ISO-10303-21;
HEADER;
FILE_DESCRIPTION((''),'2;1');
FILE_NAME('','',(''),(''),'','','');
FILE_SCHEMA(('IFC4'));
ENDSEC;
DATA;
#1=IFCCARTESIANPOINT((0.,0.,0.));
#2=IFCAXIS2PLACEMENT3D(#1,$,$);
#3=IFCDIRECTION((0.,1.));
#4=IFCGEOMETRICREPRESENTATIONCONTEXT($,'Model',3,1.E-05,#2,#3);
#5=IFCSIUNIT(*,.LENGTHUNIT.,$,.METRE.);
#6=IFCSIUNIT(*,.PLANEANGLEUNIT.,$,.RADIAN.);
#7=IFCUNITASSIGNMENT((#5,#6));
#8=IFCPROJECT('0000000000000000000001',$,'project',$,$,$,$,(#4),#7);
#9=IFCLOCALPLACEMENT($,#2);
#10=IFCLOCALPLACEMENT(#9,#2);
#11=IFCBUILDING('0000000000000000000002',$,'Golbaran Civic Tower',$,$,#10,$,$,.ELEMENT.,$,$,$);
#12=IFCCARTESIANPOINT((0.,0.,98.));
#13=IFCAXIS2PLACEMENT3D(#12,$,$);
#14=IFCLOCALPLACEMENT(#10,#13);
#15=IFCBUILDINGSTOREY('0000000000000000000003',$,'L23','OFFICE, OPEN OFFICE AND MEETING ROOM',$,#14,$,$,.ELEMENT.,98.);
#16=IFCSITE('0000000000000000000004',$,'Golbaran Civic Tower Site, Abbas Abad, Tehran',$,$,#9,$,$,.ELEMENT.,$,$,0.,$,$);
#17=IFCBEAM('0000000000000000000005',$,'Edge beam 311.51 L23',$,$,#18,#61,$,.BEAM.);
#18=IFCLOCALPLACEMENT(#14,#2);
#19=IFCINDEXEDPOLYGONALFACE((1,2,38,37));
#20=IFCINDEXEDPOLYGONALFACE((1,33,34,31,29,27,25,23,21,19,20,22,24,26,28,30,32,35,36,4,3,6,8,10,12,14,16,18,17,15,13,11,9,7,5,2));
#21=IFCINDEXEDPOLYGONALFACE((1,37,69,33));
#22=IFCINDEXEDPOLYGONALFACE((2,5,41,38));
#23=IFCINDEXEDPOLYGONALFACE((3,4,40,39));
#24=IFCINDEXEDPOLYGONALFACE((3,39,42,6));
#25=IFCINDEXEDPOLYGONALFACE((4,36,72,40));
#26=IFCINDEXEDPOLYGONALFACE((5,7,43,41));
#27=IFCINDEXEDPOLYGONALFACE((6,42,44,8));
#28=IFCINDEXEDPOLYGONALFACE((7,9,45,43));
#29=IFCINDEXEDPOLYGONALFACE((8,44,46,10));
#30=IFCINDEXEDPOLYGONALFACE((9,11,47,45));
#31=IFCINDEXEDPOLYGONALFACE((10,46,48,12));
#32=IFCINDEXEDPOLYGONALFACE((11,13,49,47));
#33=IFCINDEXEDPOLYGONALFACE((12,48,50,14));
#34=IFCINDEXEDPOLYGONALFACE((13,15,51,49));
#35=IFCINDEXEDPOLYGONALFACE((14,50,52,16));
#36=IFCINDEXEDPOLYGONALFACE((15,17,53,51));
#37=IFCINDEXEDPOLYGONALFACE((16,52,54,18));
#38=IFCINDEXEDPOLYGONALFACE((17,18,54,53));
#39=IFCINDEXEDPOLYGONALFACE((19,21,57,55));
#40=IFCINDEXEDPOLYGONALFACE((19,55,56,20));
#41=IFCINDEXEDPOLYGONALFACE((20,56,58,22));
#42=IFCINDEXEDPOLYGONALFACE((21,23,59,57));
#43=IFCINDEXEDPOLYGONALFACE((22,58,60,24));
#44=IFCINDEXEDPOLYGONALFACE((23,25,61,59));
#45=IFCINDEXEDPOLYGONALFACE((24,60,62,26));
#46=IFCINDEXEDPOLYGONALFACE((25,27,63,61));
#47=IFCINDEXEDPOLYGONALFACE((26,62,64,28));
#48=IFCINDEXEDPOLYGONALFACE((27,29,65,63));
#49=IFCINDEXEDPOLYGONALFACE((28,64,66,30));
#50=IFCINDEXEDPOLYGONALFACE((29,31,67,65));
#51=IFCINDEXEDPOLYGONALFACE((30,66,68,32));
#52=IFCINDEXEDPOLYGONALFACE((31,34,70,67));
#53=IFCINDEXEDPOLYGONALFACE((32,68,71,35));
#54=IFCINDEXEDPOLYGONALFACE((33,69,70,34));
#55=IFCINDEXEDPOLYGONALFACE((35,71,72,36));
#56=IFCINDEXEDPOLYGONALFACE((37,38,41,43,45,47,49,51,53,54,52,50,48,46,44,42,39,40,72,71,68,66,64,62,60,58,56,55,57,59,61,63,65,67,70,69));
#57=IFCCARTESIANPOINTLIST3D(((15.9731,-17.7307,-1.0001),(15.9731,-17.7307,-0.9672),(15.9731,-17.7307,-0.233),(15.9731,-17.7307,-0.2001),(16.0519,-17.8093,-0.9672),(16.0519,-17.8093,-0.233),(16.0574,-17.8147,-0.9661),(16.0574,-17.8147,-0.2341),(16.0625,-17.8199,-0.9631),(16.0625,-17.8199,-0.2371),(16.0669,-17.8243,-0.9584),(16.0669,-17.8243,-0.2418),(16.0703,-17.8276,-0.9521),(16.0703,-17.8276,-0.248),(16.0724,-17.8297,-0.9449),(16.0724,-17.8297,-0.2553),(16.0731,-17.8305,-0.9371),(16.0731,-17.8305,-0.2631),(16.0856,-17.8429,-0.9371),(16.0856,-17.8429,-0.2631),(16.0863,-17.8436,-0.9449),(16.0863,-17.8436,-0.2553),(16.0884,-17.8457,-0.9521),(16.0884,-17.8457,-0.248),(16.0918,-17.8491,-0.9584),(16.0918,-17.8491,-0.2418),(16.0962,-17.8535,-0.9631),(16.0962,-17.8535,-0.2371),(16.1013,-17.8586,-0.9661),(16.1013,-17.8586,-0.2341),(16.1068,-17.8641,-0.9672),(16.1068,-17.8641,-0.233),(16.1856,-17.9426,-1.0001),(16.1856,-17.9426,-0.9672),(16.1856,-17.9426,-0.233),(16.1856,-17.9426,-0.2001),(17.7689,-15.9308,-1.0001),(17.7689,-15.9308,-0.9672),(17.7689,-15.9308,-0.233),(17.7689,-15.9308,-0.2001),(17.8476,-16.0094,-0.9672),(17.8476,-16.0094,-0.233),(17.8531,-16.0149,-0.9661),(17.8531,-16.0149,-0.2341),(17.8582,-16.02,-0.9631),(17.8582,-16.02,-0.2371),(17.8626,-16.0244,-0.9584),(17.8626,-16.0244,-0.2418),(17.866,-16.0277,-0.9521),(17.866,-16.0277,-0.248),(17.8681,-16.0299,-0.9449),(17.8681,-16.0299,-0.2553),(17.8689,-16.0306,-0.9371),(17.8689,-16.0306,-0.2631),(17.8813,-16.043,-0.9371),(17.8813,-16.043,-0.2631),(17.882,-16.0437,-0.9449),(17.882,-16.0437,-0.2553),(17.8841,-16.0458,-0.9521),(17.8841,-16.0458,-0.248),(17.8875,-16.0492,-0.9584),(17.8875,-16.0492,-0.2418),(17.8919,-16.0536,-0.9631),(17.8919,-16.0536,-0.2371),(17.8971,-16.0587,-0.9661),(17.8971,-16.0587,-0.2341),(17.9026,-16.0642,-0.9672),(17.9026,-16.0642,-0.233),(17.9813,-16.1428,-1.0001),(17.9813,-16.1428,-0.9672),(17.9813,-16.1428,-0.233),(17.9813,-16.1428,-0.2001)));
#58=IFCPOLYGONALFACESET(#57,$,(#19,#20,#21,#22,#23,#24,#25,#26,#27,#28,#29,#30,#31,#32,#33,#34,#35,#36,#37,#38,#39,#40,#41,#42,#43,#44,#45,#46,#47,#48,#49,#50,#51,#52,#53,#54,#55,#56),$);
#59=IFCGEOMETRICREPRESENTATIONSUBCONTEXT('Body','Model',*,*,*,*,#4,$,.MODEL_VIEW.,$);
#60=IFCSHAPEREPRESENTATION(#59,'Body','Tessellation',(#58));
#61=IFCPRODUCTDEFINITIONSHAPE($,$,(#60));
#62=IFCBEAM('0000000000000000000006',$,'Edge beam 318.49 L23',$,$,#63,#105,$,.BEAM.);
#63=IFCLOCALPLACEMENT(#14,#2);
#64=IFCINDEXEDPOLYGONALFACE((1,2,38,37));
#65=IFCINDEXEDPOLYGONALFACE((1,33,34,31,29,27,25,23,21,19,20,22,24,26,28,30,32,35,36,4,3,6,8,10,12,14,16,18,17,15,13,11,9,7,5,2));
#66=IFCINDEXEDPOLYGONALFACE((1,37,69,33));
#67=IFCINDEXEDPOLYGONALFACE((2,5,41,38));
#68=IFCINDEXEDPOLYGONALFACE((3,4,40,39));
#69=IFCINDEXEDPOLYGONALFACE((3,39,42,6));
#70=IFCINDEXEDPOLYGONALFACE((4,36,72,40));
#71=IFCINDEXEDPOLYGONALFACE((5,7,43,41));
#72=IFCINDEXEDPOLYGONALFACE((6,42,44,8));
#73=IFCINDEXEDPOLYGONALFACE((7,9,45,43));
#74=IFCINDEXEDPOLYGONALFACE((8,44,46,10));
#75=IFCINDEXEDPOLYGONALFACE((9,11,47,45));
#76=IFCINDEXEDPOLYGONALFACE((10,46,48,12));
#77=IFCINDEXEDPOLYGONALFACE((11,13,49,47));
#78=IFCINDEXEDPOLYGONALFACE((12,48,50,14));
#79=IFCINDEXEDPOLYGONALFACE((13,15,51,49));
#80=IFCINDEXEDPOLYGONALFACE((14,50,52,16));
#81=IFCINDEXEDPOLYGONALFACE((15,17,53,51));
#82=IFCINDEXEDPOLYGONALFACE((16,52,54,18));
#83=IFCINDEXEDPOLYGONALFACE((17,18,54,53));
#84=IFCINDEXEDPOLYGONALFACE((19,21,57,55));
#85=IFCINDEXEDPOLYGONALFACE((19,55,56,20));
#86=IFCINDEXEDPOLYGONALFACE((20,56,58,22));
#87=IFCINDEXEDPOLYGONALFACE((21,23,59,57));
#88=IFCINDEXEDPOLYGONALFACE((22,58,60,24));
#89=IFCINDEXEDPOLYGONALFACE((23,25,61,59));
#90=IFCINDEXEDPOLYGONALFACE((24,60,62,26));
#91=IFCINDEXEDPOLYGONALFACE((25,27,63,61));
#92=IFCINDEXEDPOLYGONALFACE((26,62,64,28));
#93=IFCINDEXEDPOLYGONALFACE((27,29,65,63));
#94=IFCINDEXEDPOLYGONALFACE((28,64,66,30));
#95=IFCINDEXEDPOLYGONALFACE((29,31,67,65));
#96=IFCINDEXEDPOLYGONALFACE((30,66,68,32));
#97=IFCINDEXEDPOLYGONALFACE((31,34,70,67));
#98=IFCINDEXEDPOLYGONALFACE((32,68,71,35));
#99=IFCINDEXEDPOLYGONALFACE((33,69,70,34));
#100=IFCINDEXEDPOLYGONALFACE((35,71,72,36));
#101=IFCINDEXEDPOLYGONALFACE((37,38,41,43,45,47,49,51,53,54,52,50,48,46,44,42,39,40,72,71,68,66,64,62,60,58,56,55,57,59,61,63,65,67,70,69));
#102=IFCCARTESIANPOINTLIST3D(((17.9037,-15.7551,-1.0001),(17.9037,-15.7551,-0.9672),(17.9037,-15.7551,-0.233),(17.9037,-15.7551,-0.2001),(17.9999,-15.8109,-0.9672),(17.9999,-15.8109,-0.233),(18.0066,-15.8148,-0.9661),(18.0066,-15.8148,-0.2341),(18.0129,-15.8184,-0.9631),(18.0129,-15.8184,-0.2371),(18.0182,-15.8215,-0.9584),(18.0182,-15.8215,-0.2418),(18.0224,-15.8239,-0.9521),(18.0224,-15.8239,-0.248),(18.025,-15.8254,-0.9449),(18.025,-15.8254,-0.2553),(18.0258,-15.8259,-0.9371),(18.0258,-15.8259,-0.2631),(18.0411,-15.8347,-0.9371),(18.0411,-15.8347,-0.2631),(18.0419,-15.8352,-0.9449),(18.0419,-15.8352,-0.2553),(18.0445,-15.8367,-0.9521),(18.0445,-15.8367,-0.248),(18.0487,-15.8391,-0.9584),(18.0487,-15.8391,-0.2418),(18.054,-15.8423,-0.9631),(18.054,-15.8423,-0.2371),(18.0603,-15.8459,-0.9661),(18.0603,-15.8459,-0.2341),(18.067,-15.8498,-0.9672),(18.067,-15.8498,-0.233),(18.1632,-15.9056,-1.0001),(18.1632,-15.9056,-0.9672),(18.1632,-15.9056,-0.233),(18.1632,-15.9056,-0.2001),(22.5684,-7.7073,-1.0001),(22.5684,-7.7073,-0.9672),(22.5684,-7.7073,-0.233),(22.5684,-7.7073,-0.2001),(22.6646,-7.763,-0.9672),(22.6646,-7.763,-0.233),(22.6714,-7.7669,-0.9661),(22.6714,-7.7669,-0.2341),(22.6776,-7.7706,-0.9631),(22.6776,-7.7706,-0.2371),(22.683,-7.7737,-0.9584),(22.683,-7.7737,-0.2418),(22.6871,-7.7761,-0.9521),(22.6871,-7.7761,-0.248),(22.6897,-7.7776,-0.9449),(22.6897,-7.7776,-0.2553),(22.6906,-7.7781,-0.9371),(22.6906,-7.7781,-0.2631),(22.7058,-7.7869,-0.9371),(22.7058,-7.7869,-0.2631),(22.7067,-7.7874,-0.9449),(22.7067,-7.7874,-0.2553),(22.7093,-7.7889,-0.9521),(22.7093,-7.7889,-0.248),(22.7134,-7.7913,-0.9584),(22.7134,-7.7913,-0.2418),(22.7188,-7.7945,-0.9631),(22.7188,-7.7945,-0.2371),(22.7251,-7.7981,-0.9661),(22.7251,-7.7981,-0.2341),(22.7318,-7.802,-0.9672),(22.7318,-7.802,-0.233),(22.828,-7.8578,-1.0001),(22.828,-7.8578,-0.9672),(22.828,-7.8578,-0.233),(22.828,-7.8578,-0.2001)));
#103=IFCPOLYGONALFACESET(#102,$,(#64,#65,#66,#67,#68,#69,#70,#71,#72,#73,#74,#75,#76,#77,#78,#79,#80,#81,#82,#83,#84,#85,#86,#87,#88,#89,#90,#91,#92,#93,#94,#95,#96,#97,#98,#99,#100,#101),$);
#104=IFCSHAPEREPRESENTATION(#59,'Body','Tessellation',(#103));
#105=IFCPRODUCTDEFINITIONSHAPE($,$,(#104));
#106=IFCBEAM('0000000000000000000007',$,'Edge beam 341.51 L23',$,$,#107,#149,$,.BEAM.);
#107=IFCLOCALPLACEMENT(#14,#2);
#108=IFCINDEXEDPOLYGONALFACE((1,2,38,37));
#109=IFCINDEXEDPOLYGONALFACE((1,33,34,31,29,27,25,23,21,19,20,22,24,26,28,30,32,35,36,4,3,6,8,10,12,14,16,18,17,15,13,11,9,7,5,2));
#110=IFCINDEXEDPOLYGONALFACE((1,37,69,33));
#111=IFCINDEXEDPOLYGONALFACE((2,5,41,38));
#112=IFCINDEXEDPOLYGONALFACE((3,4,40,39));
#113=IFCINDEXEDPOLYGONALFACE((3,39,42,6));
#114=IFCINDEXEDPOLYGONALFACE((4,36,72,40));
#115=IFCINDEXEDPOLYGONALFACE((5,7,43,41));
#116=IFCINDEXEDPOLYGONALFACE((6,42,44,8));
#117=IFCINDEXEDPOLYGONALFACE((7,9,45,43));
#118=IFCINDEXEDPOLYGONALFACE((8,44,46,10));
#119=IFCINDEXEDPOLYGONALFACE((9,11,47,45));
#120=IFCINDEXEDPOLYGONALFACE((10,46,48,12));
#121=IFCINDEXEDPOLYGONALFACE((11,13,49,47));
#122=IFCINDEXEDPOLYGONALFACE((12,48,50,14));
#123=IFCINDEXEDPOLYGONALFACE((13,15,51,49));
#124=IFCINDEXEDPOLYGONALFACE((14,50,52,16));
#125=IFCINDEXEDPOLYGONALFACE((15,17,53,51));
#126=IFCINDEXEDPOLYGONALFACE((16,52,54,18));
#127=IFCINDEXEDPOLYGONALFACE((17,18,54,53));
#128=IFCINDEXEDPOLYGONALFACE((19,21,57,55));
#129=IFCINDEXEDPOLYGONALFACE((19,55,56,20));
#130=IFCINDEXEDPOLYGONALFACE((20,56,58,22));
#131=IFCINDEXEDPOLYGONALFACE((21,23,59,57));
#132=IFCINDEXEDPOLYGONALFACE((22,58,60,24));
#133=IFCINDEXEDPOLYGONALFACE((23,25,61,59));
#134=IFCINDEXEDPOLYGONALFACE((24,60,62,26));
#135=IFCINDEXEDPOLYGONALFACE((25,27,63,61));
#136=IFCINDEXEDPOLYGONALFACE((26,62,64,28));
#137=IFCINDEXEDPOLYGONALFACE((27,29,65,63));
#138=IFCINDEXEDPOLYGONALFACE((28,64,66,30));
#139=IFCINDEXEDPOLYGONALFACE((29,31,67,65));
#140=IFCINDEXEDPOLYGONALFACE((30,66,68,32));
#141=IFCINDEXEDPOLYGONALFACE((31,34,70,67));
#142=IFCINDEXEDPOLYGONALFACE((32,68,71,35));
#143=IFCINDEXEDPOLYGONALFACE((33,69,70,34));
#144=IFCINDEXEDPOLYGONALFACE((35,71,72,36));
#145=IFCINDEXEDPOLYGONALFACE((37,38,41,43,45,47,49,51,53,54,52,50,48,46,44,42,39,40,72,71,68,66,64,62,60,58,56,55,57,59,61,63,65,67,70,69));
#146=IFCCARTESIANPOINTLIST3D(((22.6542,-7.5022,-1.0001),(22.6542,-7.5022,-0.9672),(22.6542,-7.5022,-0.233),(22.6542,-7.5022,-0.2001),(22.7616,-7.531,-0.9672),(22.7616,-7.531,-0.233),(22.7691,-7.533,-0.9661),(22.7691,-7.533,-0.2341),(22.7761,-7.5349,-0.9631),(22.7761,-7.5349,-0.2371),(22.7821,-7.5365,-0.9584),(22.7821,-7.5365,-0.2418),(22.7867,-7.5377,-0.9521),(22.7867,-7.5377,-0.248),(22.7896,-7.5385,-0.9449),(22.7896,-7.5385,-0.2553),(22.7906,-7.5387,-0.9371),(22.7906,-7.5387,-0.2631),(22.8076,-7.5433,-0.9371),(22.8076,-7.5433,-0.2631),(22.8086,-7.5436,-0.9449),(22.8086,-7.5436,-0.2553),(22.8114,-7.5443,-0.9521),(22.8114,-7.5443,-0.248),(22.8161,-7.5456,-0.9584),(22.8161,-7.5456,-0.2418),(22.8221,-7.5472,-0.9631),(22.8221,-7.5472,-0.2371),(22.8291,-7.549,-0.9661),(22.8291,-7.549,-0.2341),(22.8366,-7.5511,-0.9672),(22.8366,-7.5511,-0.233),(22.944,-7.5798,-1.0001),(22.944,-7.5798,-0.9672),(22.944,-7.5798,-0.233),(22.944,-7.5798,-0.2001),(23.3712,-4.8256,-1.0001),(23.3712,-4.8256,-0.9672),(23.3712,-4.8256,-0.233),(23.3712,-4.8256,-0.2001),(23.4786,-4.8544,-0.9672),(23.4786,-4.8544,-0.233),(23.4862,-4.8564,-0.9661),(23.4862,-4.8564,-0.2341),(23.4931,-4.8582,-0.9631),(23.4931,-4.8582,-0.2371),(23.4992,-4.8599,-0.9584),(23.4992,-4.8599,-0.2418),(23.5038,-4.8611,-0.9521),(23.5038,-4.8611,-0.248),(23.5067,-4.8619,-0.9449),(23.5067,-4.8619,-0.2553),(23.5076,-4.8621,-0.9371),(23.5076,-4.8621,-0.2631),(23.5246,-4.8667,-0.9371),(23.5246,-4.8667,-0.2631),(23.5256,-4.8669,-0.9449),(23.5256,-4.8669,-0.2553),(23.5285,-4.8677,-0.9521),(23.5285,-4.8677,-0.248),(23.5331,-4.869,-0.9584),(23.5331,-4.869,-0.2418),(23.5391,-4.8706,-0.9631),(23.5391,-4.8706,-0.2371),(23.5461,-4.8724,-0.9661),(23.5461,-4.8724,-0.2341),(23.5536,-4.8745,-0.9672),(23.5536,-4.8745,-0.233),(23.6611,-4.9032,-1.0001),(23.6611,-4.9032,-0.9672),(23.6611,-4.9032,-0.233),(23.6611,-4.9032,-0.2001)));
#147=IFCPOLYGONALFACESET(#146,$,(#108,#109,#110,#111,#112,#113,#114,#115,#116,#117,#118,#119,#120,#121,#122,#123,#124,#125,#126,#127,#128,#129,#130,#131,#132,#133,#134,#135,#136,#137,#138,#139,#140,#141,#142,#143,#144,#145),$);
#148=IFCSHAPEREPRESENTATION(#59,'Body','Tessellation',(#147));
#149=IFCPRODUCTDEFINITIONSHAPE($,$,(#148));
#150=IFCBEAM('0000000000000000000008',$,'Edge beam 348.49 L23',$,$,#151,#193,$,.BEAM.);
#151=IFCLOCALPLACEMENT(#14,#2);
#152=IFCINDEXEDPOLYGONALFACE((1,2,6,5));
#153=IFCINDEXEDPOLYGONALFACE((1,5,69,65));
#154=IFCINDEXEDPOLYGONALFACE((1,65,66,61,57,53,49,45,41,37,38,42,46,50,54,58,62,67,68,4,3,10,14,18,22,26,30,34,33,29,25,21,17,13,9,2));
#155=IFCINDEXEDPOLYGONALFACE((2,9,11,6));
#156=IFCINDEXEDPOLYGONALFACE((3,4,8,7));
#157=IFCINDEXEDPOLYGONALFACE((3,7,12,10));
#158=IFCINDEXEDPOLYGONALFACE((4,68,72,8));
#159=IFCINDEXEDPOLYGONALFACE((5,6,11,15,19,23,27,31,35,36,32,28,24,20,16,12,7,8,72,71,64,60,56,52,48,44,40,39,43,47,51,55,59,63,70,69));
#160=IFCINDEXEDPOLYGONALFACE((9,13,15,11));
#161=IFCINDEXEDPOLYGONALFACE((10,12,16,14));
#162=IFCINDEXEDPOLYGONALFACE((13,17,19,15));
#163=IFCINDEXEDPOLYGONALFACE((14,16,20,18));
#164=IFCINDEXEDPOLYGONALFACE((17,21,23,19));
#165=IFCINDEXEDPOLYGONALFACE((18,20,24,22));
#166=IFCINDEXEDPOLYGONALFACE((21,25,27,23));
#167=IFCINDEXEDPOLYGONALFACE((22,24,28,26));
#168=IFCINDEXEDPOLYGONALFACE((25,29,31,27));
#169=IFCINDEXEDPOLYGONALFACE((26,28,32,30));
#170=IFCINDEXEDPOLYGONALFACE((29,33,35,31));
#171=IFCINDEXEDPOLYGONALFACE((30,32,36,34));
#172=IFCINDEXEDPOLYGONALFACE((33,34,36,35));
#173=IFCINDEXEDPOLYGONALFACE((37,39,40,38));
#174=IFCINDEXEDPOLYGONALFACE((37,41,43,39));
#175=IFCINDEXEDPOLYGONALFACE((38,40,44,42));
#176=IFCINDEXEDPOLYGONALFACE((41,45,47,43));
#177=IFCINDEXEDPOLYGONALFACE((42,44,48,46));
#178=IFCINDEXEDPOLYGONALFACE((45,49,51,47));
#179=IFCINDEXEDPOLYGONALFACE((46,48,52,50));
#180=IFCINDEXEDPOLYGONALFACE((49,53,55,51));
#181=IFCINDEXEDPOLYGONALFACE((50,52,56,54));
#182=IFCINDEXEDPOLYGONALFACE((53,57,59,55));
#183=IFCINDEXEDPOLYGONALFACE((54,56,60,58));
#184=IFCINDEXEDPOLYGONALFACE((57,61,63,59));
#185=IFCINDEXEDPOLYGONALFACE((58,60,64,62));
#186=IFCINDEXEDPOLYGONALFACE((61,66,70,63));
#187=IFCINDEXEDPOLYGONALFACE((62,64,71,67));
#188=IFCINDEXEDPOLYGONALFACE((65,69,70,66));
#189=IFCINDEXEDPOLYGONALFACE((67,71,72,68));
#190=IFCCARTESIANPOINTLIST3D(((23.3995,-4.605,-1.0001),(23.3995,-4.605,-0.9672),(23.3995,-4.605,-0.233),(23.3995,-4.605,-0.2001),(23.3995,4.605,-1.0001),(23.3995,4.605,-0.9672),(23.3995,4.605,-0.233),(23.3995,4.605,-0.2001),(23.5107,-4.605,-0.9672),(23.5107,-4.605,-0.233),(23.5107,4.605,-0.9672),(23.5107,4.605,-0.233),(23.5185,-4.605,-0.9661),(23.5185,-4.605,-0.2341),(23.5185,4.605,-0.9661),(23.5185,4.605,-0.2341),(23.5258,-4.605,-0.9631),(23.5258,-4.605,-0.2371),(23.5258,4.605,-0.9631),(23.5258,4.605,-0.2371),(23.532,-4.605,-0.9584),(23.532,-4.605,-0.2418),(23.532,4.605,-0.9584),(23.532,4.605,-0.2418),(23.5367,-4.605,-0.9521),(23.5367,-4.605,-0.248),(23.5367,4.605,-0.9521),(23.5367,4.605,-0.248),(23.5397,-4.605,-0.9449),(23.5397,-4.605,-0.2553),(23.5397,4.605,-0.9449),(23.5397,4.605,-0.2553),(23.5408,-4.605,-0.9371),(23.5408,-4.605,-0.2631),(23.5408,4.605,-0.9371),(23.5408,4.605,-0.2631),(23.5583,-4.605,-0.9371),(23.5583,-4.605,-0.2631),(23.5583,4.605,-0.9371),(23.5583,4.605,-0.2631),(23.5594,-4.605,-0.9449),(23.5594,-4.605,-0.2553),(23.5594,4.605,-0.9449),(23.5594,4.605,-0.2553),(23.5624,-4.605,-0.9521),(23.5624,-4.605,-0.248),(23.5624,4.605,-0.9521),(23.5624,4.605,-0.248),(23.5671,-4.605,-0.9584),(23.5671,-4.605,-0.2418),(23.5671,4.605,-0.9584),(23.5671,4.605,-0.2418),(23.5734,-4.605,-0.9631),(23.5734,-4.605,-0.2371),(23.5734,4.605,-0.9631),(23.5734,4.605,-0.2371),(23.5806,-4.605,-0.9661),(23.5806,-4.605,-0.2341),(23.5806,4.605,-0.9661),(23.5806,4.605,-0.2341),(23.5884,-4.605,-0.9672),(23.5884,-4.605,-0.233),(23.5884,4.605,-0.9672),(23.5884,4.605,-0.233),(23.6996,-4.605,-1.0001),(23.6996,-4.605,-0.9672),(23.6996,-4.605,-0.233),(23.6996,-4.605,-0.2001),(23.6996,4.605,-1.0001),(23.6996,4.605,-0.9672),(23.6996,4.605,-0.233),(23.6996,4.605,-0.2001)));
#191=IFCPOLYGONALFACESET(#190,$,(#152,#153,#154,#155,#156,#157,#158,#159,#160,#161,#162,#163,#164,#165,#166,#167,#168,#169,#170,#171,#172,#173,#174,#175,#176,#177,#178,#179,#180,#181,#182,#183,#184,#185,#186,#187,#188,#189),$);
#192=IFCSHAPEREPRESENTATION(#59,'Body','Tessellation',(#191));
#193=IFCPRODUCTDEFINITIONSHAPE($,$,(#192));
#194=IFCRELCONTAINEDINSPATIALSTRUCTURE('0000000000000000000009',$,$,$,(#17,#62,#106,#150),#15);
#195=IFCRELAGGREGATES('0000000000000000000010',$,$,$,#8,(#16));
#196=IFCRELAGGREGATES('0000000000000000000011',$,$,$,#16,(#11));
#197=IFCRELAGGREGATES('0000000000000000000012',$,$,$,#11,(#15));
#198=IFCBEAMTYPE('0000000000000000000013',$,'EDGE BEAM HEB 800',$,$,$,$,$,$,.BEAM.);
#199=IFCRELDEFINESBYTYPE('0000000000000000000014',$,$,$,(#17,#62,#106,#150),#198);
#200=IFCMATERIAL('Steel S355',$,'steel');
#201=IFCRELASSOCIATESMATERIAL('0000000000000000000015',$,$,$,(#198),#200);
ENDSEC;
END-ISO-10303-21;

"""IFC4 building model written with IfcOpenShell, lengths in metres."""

from ifc_helpers import new_model, si_unit, direction, frame, origin, origin_2d, place, context, subcontext, project, spatial, i_section, extrude, material, material_profile, profile_set, type_object, element, save


model = new_model("IFC4")

# Units and contexts
model_context = context("Model", 3, precision=1e-05, world=origin(), true_north=direction((0.0, 1.0)))
body_context = subcontext(model_context, "Body", "Model", "MODEL_VIEW")
ifc_project = project(units=[si_unit("LENGTHUNIT", "METRE"), si_unit("PLANEANGLEUNIT", "RADIAN")], contexts=[model_context])

# Site, building, storey
site_placement = place(None, origin())
site = spatial("IfcSite", under=ifc_project, at=site_placement, Name="Golbaran Civic Tower Site, Abbas Abad, Tehran", CompositionType="ELEMENT", RefElevation=0.0)
building_placement = place(site_placement, origin())
building = spatial("IfcBuilding", under=site, at=building_placement, Name="Golbaran Civic Tower", CompositionType="ELEMENT")
storey_placement = place(building_placement, frame((0.0, 0.0, 98.0)))
storey = spatial("IfcBuildingStorey", under=building, at=storey_placement, Name="L23", Description="OFFICE, OPEN OFFICE AND MEETING ROOM", CompositionType="ELEMENT", Elevation=98.0)

# Beams
ifc_material_1 = material(Name="Steel S355", Category="steel")
ifc_material_profile_1 = material_profile(ifc_material_1, i_section(OverallWidth=0.3, OverallDepth=0.8, WebThickness=0.0176, FlangeThickness=0.033, FilletRadius=0.03, at=origin_2d()), Name="HEB 800")
ifc_profile_set_1 = profile_set([ifc_material_profile_1], Name="Steel S355")
beam_type_1 = type_object("IfcBeamType", Name="EDGE BEAM HEB 800", PredefinedType="BEAM", material=ifc_profile_set_1)
beam_1_placement = place(storey_placement, frame((16.0793, -17.8367, -0.6001), z_axis=(0.70629, 0.707923, 0.0), x_axis=(-0.707923, 0.70629, 0.0)))
element("IfcBeam", 1, at=beam_1_placement, inside=storey, type_object=beam_type_1, Name="Edge beam 311.51 L23", PredefinedType="BEAM", context=body_context, shape_type="SweptSolid", body=[
    extrude(i_section(OverallWidth=0.3, OverallDepth=0.8, WebThickness=0.0176, FlangeThickness=0.033, FilletRadius=0.03, at=origin_2d()), origin(), (0.0, 0.0, 1.0), 2.5425),
])
beam_2_placement = place(storey_placement, frame((18.0334, -15.8303, -0.6001), z_axis=(0.50148, 0.865169, 0.0), x_axis=(-0.865169, 0.50148, 0.0)))
element("IfcBeam", 2, at=beam_2_placement, inside=storey, type_object=beam_type_1, Name="Edge beam 318.49 L23", PredefinedType="BEAM", context=body_context, shape_type="SweptSolid", body=[
    extrude(i_section(OverallWidth=0.3, OverallDepth=0.8, WebThickness=0.0176, FlangeThickness=0.033, FilletRadius=0.03, at=origin_2d()), origin(), (0.0, 0.0, 1.0), 9.302),
])
beam_3_placement = place(storey_placement, frame((22.7991, -7.541, -0.6001), z_axis=(0.258776, 0.965937, 0.0), x_axis=(-0.965937, 0.258776, 0.0)))
element("IfcBeam", 3, at=beam_3_placement, inside=storey, type_object=beam_type_1, Name="Edge beam 341.51 L23", PredefinedType="BEAM", context=body_context, shape_type="SweptSolid", body=[
    extrude(i_section(OverallWidth=0.3, OverallDepth=0.8, WebThickness=0.0176, FlangeThickness=0.033, FilletRadius=0.03, at=origin_2d()), origin(), (0.0, 0.0, 1.0), 2.771),
])
beam_4_placement = place(storey_placement, frame((23.5496, -4.605, -0.6001), z_axis=(0.0, 1.0, 0.0), x_axis=(-1.0, 0.0, 0.0)))
element("IfcBeam", 4, at=beam_4_placement, inside=storey, type_object=beam_type_1, Name="Edge beam 348.49 L23", PredefinedType="BEAM", context=body_context, shape_type="SweptSolid", body=[
    extrude(i_section(OverallWidth=0.3, OverallDepth=0.8, WebThickness=0.0176, FlangeThickness=0.033, FilletRadius=0.03, at=origin_2d()), origin(), (0.0, 0.0, 1.0), 9.21),
])

save(model, "model.ifc")
